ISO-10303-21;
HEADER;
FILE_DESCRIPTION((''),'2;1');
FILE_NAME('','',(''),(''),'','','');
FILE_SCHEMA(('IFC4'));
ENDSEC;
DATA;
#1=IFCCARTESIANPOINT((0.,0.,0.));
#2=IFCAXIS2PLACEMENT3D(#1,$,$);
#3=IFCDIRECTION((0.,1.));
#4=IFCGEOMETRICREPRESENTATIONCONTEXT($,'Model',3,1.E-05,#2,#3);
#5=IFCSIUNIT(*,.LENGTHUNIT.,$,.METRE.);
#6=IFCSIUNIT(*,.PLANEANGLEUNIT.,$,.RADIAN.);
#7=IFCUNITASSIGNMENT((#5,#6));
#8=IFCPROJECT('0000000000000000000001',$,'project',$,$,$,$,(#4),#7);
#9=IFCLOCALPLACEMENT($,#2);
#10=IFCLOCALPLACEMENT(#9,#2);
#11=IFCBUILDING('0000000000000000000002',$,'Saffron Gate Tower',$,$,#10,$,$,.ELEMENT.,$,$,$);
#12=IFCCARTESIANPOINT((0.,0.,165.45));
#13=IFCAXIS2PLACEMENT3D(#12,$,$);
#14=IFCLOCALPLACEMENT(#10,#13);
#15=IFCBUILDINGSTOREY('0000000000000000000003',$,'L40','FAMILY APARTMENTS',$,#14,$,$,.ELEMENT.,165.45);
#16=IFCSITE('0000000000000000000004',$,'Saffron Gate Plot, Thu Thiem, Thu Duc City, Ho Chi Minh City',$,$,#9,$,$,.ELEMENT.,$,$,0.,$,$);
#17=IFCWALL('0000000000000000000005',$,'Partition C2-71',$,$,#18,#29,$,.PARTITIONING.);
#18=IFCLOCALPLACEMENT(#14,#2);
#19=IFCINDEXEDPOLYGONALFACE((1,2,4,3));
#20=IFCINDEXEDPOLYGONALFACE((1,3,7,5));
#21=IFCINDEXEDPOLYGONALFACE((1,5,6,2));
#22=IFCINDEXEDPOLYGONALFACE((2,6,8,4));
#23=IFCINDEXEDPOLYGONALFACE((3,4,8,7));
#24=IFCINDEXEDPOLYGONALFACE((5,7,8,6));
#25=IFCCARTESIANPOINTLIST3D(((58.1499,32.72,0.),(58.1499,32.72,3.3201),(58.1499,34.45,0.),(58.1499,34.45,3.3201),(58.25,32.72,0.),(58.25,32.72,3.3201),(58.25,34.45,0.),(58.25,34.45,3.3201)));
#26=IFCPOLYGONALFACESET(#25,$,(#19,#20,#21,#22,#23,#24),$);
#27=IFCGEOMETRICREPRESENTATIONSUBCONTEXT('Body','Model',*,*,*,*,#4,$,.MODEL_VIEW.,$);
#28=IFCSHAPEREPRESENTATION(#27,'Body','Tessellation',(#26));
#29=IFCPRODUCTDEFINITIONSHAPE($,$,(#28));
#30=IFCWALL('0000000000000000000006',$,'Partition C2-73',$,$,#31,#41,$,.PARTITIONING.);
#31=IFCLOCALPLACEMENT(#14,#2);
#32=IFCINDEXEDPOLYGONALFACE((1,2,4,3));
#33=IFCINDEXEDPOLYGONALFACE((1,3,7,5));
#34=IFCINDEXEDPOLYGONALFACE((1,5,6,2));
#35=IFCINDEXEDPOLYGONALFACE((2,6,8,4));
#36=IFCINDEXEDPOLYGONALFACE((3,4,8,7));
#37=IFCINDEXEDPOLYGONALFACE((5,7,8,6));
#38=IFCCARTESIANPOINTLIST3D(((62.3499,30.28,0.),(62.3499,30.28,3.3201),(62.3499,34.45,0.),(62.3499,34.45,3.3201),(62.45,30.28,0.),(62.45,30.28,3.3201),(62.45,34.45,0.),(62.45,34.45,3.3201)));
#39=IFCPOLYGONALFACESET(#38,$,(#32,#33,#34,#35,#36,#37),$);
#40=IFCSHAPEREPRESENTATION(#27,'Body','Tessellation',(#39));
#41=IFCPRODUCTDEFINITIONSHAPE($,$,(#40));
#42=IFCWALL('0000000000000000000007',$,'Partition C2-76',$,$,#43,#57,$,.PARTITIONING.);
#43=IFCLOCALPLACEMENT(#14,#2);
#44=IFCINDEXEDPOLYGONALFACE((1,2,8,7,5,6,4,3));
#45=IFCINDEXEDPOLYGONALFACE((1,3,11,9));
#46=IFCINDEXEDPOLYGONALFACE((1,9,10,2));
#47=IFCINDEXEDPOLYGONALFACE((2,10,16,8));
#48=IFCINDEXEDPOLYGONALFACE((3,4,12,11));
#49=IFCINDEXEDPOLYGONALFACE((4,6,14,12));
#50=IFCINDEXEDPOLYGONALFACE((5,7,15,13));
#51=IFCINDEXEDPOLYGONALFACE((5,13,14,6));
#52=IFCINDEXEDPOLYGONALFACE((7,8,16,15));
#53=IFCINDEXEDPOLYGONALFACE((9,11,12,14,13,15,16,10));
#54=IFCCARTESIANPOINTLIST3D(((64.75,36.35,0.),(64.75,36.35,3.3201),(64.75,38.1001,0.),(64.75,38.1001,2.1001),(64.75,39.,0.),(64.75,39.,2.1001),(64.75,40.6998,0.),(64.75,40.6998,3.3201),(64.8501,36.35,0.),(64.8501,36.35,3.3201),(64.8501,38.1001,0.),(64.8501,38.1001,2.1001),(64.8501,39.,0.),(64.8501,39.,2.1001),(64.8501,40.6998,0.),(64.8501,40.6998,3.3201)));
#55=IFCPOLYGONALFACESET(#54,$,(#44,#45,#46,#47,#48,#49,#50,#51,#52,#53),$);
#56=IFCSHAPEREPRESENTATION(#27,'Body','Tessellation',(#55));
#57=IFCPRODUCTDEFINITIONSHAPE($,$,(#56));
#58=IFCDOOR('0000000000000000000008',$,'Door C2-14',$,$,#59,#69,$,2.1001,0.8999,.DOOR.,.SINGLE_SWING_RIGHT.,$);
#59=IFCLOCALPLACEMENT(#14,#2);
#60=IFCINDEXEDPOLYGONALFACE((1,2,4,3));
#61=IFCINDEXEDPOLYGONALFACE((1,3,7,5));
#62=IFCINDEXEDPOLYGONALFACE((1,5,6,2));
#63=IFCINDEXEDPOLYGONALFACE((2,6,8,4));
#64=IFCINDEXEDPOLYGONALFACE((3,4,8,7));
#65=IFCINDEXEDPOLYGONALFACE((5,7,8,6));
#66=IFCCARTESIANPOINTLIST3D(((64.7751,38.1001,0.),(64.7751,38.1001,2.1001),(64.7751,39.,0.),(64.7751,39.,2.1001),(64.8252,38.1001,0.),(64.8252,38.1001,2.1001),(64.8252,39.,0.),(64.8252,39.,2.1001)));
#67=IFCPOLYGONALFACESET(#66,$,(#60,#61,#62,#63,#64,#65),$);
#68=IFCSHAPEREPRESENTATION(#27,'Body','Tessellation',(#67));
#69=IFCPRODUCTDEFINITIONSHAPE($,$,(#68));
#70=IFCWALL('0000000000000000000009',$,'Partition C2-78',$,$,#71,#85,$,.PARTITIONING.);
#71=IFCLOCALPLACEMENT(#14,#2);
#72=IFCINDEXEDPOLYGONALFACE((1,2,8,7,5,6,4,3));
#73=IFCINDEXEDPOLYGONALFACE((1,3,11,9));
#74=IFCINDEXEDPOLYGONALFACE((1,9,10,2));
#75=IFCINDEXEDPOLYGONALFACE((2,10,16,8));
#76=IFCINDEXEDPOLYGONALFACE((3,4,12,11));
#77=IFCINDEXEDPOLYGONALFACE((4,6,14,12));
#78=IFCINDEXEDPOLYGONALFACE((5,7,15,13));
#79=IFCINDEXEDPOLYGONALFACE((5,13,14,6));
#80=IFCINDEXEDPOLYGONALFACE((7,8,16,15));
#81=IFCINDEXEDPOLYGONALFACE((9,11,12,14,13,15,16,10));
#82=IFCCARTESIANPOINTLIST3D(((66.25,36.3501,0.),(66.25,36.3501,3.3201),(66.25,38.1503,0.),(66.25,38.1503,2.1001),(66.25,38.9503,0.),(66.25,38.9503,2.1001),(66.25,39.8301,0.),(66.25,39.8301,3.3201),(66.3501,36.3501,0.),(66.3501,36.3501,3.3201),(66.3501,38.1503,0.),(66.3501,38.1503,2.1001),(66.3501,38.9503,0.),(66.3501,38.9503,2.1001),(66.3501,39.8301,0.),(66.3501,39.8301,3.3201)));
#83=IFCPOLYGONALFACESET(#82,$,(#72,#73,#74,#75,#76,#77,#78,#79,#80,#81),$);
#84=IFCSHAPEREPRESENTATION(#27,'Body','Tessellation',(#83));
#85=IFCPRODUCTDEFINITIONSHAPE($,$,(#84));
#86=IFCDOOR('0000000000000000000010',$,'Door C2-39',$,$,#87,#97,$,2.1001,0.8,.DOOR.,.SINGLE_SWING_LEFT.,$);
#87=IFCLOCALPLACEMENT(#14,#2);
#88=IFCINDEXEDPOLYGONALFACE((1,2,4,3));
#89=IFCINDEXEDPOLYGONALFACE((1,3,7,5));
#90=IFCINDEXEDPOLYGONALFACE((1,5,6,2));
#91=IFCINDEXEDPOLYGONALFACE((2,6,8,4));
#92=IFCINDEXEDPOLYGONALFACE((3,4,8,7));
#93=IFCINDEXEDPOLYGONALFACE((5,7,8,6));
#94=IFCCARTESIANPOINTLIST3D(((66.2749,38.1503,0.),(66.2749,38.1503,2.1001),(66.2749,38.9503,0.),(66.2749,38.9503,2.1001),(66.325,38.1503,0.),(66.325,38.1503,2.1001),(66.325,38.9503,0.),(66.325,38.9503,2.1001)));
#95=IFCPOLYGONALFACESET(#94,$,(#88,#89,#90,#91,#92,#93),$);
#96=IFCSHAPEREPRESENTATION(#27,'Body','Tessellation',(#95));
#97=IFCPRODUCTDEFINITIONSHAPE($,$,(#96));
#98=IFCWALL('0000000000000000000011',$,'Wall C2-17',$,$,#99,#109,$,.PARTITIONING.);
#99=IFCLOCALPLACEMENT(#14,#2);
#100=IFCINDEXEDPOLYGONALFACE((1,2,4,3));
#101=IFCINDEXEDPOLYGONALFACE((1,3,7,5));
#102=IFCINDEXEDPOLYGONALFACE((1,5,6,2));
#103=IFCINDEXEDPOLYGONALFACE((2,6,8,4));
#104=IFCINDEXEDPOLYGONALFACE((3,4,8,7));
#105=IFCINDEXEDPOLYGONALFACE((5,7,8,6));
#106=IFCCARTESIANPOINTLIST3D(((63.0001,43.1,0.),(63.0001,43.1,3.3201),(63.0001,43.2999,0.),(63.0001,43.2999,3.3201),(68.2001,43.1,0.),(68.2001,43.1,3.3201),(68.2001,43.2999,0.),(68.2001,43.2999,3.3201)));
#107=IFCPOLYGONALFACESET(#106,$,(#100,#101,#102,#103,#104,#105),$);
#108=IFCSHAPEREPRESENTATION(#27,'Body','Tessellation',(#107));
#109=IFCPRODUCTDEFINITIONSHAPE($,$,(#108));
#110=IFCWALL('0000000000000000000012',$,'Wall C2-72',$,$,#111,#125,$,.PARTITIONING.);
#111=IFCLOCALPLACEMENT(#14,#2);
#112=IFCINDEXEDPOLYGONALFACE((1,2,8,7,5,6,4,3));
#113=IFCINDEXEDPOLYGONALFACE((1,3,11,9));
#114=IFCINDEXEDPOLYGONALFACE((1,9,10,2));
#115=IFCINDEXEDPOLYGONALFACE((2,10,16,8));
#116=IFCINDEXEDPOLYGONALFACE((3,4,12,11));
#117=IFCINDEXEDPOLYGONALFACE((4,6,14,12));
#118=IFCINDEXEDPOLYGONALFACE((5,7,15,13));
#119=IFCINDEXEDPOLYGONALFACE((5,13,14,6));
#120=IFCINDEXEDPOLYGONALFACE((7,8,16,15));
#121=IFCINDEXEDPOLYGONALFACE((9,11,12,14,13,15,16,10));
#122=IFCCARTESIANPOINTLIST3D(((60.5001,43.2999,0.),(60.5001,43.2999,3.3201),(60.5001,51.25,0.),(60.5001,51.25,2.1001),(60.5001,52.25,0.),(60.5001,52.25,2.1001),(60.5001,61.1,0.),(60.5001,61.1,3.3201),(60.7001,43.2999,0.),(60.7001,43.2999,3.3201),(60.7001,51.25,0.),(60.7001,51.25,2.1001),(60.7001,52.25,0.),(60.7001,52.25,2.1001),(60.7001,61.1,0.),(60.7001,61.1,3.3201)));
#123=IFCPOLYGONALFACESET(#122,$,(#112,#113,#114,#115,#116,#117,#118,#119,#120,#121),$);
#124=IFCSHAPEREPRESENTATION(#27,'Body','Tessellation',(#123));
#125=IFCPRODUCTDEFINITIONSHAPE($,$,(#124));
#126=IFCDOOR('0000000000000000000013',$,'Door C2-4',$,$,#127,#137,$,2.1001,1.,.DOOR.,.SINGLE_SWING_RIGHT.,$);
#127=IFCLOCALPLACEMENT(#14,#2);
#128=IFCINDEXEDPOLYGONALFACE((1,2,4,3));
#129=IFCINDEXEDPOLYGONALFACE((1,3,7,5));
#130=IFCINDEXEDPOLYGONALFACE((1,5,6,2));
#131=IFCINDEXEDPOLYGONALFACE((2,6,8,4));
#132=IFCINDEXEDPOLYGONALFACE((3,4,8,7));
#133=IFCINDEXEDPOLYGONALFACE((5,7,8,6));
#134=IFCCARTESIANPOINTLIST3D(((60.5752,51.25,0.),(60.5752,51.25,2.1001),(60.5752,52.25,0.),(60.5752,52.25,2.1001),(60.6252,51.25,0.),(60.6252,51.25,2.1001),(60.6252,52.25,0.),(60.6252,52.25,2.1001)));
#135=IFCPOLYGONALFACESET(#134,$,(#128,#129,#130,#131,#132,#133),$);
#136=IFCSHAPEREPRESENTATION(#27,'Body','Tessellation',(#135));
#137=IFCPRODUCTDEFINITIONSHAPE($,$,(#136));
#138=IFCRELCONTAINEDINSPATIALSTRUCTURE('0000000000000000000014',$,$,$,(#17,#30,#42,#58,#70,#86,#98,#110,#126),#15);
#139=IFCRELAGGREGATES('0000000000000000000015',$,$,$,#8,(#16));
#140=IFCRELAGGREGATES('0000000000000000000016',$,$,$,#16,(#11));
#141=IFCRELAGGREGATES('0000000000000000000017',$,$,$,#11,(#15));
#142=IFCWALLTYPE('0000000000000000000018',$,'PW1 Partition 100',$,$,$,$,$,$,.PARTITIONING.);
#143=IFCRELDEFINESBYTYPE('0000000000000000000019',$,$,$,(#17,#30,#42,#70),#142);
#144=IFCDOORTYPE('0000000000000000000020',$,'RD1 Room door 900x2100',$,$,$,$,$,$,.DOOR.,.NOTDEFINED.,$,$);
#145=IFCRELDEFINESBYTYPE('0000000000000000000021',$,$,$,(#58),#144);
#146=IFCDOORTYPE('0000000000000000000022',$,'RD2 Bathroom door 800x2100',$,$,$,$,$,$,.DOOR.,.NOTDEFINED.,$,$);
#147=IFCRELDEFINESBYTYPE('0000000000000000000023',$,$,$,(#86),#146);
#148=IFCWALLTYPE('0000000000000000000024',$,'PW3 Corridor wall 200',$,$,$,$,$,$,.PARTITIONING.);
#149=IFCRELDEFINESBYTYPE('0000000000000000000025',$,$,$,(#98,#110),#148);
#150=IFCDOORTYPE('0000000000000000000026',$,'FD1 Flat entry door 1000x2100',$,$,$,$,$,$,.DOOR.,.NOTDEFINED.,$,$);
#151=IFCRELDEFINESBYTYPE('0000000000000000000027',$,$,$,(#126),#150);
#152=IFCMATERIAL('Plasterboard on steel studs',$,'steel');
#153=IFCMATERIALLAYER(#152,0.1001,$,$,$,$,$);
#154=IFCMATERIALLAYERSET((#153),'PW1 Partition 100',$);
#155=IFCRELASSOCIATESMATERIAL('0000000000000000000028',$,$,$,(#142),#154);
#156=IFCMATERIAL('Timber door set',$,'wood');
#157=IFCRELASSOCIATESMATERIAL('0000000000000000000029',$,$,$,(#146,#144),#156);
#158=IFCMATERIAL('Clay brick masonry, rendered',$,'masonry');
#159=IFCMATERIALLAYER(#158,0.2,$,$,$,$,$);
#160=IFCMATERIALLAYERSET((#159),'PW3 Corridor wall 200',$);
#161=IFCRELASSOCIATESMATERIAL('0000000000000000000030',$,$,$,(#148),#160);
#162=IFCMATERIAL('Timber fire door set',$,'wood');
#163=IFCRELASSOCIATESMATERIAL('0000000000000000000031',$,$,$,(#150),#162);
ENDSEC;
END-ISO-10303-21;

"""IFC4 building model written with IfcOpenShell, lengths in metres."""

from ifc_helpers import new_model, si_unit, direction, frame, frame_2d, origin, place, context, subcontext, project, spatial, rectangle, extrude, material, layer, layer_set, type_object, element, fill, save


model = new_model("IFC4")

# Units and contexts
model_context = context("Model", 3, precision=1e-05, world=origin(), true_north=direction((0.0, 1.0)))
body_context = subcontext(model_context, "Body", "Model", "MODEL_VIEW")
ifc_project = project(units=[si_unit("LENGTHUNIT", "METRE"), si_unit("PLANEANGLEUNIT", "RADIAN")], contexts=[model_context])

# Site, building, storey
site_placement = place(None, origin())
site = spatial("IfcSite", under=ifc_project, at=site_placement, Name="Saffron Gate Plot, Thu Thiem, Thu Duc City, Ho Chi Minh City", CompositionType="ELEMENT", RefElevation=0.0)
building_placement = place(site_placement, origin())
building = spatial("IfcBuilding", under=site, at=building_placement, Name="Saffron Gate Tower", CompositionType="ELEMENT")
storey_placement = place(building_placement, frame((0.0, 0.0, 165.45)))
storey = spatial("IfcBuildingStorey", under=building, at=storey_placement, Name="L40", Description="FAMILY APARTMENTS", CompositionType="ELEMENT", Elevation=165.45)

# Shared definitions
ifc_material_1 = material(Name="Plasterboard on steel studs", Category="steel")
ifc_layer_1 = layer(ifc_material_1, 0.1001)
ifc_layer_set_1 = layer_set([ifc_layer_1], Name="PW1 Partition 100")
wall_type_1 = type_object("IfcWallType", Name="PW1 Partition 100", PredefinedType="PARTITIONING", material=ifc_layer_set_1)

# Shared definitions
ifc_material_2 = material(Name="Timber door set", Category="wood")
door_type_1 = type_object("IfcDoorType", Name="RD2 Bathroom door 800x2100", OperationType="NOTDEFINED", PredefinedType="DOOR", material=ifc_material_2)

# Shared definitions
door_type_2 = type_object("IfcDoorType", Name="RD1 Room door 900x2100", OperationType="NOTDEFINED", PredefinedType="DOOR", material=ifc_material_2)

# Walls
wall_1_placement = place(storey_placement, frame((58.2, 34.45, 0.0), z_axis=(0.0, 0.0, 1.0), x_axis=(0.0, -1.0, 0.0)))
element("IfcWall", 1, at=wall_1_placement, inside=storey, type_object=wall_type_1, Name="Partition C2-71", PredefinedType="PARTITIONING", context=body_context, shape_type="SweptSolid", body=[
    extrude(rectangle(XDim=1.73, YDim=0.1001, at=frame_2d((0.865, 0.0))), origin(), (0.0, 0.0, 1.0), 3.3201),
])
wall_2_placement = place(storey_placement, frame((62.3999, 34.45, 0.0), z_axis=(0.0, 0.0, 1.0), x_axis=(0.0, -1.0, 0.0)))
element("IfcWall", 2, at=wall_2_placement, inside=storey, type_object=wall_type_1, Name="Partition C2-73", PredefinedType="PARTITIONING", context=body_context, shape_type="SweptSolid", body=[
    extrude(rectangle(XDim=4.1699, YDim=0.1001, at=frame_2d((2.085, 0.0))), origin(), (0.0, 0.0, 1.0), 3.3201),
])

# Walls, openings, doors
wall_3_placement = place(storey_placement, frame((64.8, 36.3501, 0.0), z_axis=(0.0, 0.0, 1.0), x_axis=(0.0, 1.0, 0.0)))
wall_3 = element("IfcWall", 3, at=wall_3_placement, inside=storey, type_object=wall_type_1, Name="Partition C2-76", PredefinedType="PARTITIONING", context=body_context, shape_type="SweptSolid", body=[
    extrude(rectangle(XDim=4.3499, YDim=0.1001, at=frame_2d((2.1748, 0.0))), origin(), (0.0, 0.0, 1.0), 3.3201),
])
opening_1_placement = place(wall_3_placement, frame((1.75, 0.0, 0.0)))
opening_1 = element("IfcOpeningElement", 4, at=opening_1_placement, cuts=wall_3, PredefinedType="OPENING", context=body_context, shape_type="SweptSolid", body=[
    extrude(rectangle(XDim=0.8999, YDim=2.1001, at=frame_2d((0.45, 1.05))), frame((0.0, 0.0601, 0.0), z_axis=(0.0, -1.0, 0.0), x_axis=(1.0, 0.0, 0.0)), (0.0, 0.0, 1.0), 0.1201),
])
door_1_placement = place(opening_1_placement, origin())
door_1 = element("IfcDoor", 5, at=door_1_placement, inside=storey, type_object=door_type_2, Name="Door C2-14", OperationType="SINGLE_SWING_RIGHT", OverallHeight=2.1001, OverallWidth=0.8999, PredefinedType="DOOR", context=body_context, shape_type="SweptSolid", body=[
    extrude(rectangle(XDim=0.8999, YDim=2.1001, at=frame_2d((0.45, 1.05))), frame((0.0, 0.0249, 0.0), z_axis=(0.0, -1.0, 0.0), x_axis=(1.0, 0.0, 0.0)), (0.0, 0.0, 1.0), 0.05),
])
fill(opening_1, door_1)
wall_4_placement = place(storey_placement, frame((66.3, 39.8301, 0.0), z_axis=(0.0, 0.0, 1.0), x_axis=(0.0, -1.0, 0.0)))
wall_4 = element("IfcWall", 6, at=wall_4_placement, inside=storey, type_object=wall_type_1, Name="Partition C2-78", PredefinedType="PARTITIONING", context=body_context, shape_type="SweptSolid", body=[
    extrude(rectangle(XDim=3.48, YDim=0.1001, at=frame_2d((1.74, 0.0))), origin(), (0.0, 0.0, 1.0), 3.3201),
])
opening_2_placement = place(wall_4_placement, frame((0.8799, 0.0, 0.0)))
opening_2 = element("IfcOpeningElement", 7, at=opening_2_placement, cuts=wall_4, PredefinedType="OPENING", context=body_context, shape_type="SweptSolid", body=[
    extrude(rectangle(XDim=0.8, YDim=2.1001, at=frame_2d((0.3999, 1.05))), frame((0.0, 0.0601, 0.0), z_axis=(0.0, -1.0, 0.0), x_axis=(1.0, 0.0, 0.0)), (0.0, 0.0, 1.0), 0.1201),
])
door_2_placement = place(opening_2_placement, origin())
door_2 = element("IfcDoor", 8, at=door_2_placement, inside=storey, type_object=door_type_1, Name="Door C2-39", OperationType="SINGLE_SWING_LEFT", OverallHeight=2.1001, OverallWidth=0.8, PredefinedType="DOOR", context=body_context, shape_type="SweptSolid", body=[
    extrude(rectangle(XDim=0.8, YDim=2.1001, at=frame_2d((0.3999, 1.05))), frame((0.0, 0.0249, 0.0), z_axis=(0.0, -1.0, 0.0), x_axis=(1.0, 0.0, 0.0)), (0.0, 0.0, 1.0), 0.05),
])
fill(opening_2, door_2)

# Wall
ifc_material_3 = material(Name="Clay brick masonry, rendered", Category="masonry")
ifc_layer_2 = layer(ifc_material_3, 0.2)
ifc_layer_set_2 = layer_set([ifc_layer_2], Name="PW3 Corridor wall 200")
wall_type_2 = type_object("IfcWallType", Name="PW3 Corridor wall 200", PredefinedType="PARTITIONING", material=ifc_layer_set_2)
wall_5_placement = place(storey_placement, frame((63.0, 43.2, 0.0), z_axis=(0.0, 0.0, 1.0), x_axis=(1.0, 0.0, 0.0)))
element("IfcWall", 9, at=wall_5_placement, inside=storey, type_object=wall_type_2, Name="Wall C2-17", PredefinedType="PARTITIONING", context=body_context, shape_type="SweptSolid", body=[
    extrude(rectangle(XDim=5.2, YDim=0.2, at=frame_2d((2.6001, 0.0))), origin(), (0.0, 0.0, 1.0), 3.3201),
])

# Wall, opening, door
wall_6_placement = place(storey_placement, frame((60.6001, 43.3, 0.0), z_axis=(0.0, 0.0, 1.0), x_axis=(0.0, 1.0, 0.0)))
wall_6 = element("IfcWall", 10, at=wall_6_placement, inside=storey, type_object=wall_type_2, Name="Wall C2-72", PredefinedType="PARTITIONING", context=body_context, shape_type="SweptSolid", body=[
    extrude(rectangle(XDim=17.8, YDim=0.2, at=frame_2d((8.8999, 0.0))), origin(), (0.0, 0.0, 1.0), 3.3201),
])
opening_3_placement = place(wall_6_placement, frame((7.95, 0.0, 0.0)))
opening_3 = element("IfcOpeningElement", 11, at=opening_3_placement, cuts=wall_6, PredefinedType="OPENING", context=body_context, shape_type="SweptSolid", body=[
    extrude(rectangle(XDim=1.0, YDim=2.1001, at=frame_2d((0.5, 1.05))), frame((0.0, 0.1099, 0.0), z_axis=(0.0, -1.0, 0.0), x_axis=(1.0, 0.0, 0.0)), (0.0, 0.0, 1.0), 0.22),
])
ifc_material_4 = material(Name="Timber fire door set", Category="wood")
door_type_3 = type_object("IfcDoorType", Name="FD1 Flat entry door 1000x2100", OperationType="NOTDEFINED", PredefinedType="DOOR", material=ifc_material_4)
door_3_placement = place(opening_3_placement, origin())
door_3 = element("IfcDoor", 12, at=door_3_placement, inside=storey, type_object=door_type_3, Name="Door C2-4", OperationType="SINGLE_SWING_RIGHT", OverallHeight=2.1001, OverallWidth=1.0, PredefinedType="DOOR", context=body_context, shape_type="SweptSolid", body=[
    extrude(rectangle(XDim=1.0, YDim=2.1001, at=frame_2d((0.5, 1.05))), frame((0.0, 0.0249, 0.0), z_axis=(0.0, -1.0, 0.0), x_axis=(1.0, 0.0, 0.0)), (0.0, 0.0, 1.0), 0.05),
])
fill(opening_3, door_3)

save(model, "model.ifc")
